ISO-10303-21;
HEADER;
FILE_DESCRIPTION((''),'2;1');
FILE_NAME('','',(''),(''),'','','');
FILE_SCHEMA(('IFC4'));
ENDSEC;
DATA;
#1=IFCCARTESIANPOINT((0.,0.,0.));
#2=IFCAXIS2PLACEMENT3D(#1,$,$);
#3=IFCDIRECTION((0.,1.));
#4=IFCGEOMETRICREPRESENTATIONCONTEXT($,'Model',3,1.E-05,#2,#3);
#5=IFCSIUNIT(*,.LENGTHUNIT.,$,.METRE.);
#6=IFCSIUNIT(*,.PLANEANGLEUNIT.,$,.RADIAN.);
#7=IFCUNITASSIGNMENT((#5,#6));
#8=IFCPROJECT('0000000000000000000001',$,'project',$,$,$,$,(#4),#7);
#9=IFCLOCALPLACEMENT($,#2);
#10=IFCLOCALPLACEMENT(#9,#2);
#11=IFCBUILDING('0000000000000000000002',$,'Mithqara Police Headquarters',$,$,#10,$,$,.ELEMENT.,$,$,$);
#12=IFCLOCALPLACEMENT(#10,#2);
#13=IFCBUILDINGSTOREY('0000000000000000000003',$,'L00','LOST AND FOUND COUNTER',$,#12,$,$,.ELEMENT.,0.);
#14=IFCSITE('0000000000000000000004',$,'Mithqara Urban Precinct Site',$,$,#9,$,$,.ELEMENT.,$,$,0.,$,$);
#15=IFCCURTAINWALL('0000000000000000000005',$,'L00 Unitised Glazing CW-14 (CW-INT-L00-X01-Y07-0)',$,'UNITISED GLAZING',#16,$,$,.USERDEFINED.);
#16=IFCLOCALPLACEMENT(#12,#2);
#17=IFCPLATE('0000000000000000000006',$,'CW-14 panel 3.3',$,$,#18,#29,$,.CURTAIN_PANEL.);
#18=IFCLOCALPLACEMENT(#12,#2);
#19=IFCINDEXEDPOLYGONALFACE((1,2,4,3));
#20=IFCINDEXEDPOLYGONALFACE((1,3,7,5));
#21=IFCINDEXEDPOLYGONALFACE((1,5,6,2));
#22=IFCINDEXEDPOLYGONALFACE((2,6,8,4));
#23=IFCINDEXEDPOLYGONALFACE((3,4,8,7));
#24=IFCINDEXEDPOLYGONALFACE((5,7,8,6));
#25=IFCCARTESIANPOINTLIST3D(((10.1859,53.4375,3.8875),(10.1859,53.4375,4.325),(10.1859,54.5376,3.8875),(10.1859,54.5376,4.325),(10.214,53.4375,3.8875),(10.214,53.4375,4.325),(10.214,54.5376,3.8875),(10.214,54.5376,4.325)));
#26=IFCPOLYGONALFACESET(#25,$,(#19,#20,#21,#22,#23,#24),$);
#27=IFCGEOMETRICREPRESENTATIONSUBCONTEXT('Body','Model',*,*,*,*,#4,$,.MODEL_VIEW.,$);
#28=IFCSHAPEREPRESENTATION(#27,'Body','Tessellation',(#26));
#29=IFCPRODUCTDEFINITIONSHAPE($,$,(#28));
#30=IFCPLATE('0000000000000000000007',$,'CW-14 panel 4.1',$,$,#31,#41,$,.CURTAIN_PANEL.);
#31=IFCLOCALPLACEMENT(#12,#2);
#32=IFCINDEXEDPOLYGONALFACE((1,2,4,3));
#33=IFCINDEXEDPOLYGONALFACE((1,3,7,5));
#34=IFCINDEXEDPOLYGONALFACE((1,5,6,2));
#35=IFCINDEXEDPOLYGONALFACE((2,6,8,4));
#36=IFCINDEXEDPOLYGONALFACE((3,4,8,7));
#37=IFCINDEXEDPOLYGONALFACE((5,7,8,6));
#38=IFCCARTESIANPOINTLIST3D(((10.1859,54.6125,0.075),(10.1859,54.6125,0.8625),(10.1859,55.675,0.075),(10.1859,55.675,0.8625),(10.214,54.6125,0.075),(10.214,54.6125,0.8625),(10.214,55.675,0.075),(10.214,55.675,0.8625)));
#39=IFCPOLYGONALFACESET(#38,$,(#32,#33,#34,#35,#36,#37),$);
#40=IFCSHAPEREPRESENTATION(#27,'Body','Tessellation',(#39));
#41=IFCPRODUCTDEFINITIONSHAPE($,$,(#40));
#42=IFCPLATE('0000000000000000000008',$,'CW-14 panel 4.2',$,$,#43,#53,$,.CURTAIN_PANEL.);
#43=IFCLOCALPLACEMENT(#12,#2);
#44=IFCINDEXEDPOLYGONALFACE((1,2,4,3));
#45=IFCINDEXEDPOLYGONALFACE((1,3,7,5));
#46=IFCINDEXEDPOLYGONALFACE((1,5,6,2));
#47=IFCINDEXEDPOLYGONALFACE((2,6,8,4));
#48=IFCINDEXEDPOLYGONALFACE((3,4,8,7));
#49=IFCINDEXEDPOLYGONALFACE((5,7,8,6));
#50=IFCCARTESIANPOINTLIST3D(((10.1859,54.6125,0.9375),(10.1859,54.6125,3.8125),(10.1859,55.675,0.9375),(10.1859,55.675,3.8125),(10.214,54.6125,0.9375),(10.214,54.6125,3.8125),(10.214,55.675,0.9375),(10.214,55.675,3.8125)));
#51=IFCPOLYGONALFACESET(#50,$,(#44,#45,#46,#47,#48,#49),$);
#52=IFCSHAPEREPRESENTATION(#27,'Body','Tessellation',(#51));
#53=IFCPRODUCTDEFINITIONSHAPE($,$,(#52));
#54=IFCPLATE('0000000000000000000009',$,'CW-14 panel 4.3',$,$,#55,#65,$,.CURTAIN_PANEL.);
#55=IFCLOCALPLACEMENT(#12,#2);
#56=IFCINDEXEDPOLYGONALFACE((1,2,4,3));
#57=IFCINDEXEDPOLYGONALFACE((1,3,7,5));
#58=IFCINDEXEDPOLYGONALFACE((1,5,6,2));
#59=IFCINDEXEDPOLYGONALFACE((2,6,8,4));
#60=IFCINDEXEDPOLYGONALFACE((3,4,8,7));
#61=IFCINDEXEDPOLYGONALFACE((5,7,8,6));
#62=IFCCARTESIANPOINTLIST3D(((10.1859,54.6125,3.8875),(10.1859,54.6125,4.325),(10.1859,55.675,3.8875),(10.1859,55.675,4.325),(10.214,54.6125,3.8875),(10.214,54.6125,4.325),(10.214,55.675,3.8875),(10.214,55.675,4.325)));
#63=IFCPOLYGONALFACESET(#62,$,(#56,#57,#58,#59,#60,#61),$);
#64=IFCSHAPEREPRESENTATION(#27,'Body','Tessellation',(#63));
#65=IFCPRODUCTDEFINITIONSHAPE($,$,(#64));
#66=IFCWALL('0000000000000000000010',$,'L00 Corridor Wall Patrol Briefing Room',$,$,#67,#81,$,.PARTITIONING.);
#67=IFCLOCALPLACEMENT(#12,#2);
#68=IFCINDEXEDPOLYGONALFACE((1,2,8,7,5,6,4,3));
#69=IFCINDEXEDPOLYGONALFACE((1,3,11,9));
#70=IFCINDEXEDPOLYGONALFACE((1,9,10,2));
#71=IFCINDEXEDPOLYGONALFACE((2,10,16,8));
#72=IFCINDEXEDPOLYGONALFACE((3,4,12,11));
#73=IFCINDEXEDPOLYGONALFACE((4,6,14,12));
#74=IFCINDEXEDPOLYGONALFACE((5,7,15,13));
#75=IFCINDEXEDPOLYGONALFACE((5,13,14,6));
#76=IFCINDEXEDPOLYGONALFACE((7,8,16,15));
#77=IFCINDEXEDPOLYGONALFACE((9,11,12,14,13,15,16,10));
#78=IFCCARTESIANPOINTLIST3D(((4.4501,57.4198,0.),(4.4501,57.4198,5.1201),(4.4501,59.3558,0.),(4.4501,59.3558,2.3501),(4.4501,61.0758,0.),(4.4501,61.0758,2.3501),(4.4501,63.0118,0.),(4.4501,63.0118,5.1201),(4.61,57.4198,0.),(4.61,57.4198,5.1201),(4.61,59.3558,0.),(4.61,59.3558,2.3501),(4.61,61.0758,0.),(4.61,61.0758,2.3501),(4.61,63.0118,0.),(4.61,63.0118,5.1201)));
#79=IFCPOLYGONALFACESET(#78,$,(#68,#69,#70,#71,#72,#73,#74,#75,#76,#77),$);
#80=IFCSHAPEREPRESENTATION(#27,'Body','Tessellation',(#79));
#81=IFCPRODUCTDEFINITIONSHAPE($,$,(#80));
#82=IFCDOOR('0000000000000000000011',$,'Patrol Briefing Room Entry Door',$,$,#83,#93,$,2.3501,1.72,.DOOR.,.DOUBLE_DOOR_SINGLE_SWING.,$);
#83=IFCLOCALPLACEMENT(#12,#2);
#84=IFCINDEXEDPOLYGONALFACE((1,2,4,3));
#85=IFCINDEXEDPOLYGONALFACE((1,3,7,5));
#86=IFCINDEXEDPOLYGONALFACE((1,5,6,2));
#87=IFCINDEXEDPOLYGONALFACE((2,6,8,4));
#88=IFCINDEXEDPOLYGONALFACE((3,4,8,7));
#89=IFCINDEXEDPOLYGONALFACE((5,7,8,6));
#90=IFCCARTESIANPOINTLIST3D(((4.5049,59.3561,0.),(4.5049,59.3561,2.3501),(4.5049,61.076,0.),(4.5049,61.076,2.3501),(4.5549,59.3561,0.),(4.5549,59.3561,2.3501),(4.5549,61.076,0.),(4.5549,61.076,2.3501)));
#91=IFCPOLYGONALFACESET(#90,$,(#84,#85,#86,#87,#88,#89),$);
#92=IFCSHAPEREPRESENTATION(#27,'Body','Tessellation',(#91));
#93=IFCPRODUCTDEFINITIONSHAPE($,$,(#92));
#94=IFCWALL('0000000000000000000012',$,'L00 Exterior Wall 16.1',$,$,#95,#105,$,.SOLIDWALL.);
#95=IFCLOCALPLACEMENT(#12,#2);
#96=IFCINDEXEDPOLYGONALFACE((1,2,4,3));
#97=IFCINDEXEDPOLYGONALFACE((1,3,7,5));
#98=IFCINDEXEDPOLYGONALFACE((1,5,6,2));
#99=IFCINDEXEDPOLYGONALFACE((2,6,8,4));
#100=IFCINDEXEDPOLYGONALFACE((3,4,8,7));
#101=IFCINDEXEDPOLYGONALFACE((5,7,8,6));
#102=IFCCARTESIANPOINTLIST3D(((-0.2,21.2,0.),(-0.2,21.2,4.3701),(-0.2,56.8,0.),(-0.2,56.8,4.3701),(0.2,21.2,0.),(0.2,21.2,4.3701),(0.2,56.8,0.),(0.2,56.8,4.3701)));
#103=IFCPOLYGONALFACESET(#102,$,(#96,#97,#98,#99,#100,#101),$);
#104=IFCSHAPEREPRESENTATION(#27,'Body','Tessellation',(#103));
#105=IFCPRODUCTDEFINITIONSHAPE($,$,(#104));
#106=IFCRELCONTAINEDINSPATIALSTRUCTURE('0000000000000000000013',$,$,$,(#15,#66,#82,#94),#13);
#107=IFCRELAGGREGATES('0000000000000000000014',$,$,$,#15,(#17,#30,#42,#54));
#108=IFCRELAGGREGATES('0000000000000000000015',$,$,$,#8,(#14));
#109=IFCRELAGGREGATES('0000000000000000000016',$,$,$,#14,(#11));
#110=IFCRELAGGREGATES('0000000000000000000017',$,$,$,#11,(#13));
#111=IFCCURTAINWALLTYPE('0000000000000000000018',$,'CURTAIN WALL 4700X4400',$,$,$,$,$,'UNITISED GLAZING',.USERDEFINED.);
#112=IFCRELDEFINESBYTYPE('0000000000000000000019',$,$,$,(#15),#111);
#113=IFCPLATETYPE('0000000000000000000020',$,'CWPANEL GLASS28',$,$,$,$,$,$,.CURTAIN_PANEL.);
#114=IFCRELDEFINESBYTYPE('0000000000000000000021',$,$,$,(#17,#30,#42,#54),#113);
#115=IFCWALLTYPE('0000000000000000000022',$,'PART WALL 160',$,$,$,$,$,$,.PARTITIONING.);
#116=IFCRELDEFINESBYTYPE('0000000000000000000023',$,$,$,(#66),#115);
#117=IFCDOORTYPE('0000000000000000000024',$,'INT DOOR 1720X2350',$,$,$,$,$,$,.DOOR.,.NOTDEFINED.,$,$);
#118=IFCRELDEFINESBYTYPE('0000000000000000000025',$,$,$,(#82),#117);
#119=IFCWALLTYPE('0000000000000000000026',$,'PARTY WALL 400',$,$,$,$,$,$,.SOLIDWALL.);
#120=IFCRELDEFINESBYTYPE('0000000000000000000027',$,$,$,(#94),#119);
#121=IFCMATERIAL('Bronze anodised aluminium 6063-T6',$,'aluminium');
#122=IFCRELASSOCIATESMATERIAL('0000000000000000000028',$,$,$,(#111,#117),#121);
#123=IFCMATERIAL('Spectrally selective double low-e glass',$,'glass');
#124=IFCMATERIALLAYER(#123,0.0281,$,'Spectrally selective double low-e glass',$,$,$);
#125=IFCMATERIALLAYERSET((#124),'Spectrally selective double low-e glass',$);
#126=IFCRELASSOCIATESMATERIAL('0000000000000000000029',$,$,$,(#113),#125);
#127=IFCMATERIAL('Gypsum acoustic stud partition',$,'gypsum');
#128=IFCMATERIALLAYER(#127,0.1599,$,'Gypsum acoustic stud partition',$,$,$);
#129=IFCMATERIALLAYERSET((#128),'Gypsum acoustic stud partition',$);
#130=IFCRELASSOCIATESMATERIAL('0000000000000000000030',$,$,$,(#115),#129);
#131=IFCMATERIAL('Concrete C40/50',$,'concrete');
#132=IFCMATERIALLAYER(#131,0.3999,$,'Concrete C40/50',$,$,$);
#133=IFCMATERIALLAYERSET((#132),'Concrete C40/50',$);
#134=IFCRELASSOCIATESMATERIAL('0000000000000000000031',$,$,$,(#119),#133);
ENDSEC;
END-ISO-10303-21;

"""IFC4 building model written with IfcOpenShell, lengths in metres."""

from ifc_helpers import new_model, si_unit, direction, frame, frame_2d, origin, origin_2d, place, context, subcontext, project, spatial, rectangle, extrude, material, layer, layer_set, type_object, element, fill, aggregate, save


model = new_model("IFC4")

# Units and contexts
model_context = context("Model", 3, precision=1e-05, world=origin(), true_north=direction((0.0, 1.0)))
body_context = subcontext(model_context, "Body", "Model", "MODEL_VIEW")
ifc_project = project(units=[si_unit("LENGTHUNIT", "METRE"), si_unit("PLANEANGLEUNIT", "RADIAN")], contexts=[model_context])

# Site, building, storey
site_placement = place(None, origin())
site = spatial("IfcSite", under=ifc_project, at=site_placement, Name="Mithqara Urban Precinct Site", CompositionType="ELEMENT", RefElevation=0.0)
building_placement = place(site_placement, origin())
building = spatial("IfcBuilding", under=site, at=building_placement, Name="Mithqara Police Headquarters", CompositionType="ELEMENT")
storey_placement = place(building_placement, origin())
storey = spatial("IfcBuildingStorey", under=building, at=storey_placement, Name="L00", Description="LOST AND FOUND COUNTER", CompositionType="ELEMENT", Elevation=0.0)

# Shared definitions
ifc_material_1 = material(Name="Concrete C40/50", Category="concrete")

# Curtain wall
ifc_material_2 = material(Name="Bronze anodised aluminium 6063-T6", Category="aluminium")
curtain_wall_type = type_object("IfcCurtainWallType", Name="CURTAIN WALL 4700X4400", ElementType="UNITISED GLAZING", PredefinedType="USERDEFINED", material=ifc_material_2)
curtain_wall_placement = place(storey_placement, origin())
curtain_wall = element("IfcCurtainWall", 1, at=curtain_wall_placement, inside=storey, type_object=curtain_wall_type, Name="L00 Unitised Glazing CW-14 (CW-INT-L00-X01-Y07-0)", ObjectType="UNITISED GLAZING", PredefinedType="USERDEFINED")

# Plates
ifc_material_3 = material(Name="Spectrally selective double low-e glass", Category="glass")
ifc_layer_1 = layer(ifc_material_3, 0.0281, Name="Spectrally selective double low-e glass")
ifc_layer_set_1 = layer_set([ifc_layer_1], Name="Spectrally selective double low-e glass")
plate_type = type_object("IfcPlateType", Name="CWPANEL GLASS28", PredefinedType="CURTAIN_PANEL", material=ifc_layer_set_1)
plate_1_placement = place(storey_placement, frame((10.2, 53.9875, 3.8875), z_axis=(0.0, 0.0, 1.0), x_axis=(0.0, 1.0, 0.0)))
plate_1 = element("IfcPlate", 2, at=plate_1_placement, type_object=plate_type, Name="CW-14 panel 3.3", PredefinedType="CURTAIN_PANEL", context=body_context, shape_type="SweptSolid", body=[
    extrude(rectangle(XDim=1.1001, YDim=0.0281, at=origin_2d()), origin(), (0.0, 0.0, 1.0), 0.4375),
])
plate_2_placement = place(storey_placement, frame((10.2, 55.1438, 0.075), z_axis=(0.0, 0.0, 1.0), x_axis=(0.0, 1.0, 0.0)))
plate_2 = element("IfcPlate", 3, at=plate_2_placement, type_object=plate_type, Name="CW-14 panel 4.1", PredefinedType="CURTAIN_PANEL", context=body_context, shape_type="SweptSolid", body=[
    extrude(rectangle(XDim=1.0625, YDim=0.0281, at=origin_2d()), origin(), (0.0, 0.0, 1.0), 0.7876),
])
plate_3_placement = place(storey_placement, frame((10.2, 55.1438, 0.9375), z_axis=(0.0, 0.0, 1.0), x_axis=(0.0, 1.0, 0.0)))
plate_3 = element("IfcPlate", 4, at=plate_3_placement, type_object=plate_type, Name="CW-14 panel 4.2", PredefinedType="CURTAIN_PANEL", context=body_context, shape_type="SweptSolid", body=[
    extrude(rectangle(XDim=1.0625, YDim=0.0281, at=origin_2d()), origin(), (0.0, 0.0, 1.0), 2.875),
])
plate_4_placement = place(storey_placement, frame((10.2, 55.1438, 3.8875), z_axis=(0.0, 0.0, 1.0), x_axis=(0.0, 1.0, 0.0)))
plate_4 = element("IfcPlate", 5, at=plate_4_placement, type_object=plate_type, Name="CW-14 panel 4.3", PredefinedType="CURTAIN_PANEL", context=body_context, shape_type="SweptSolid", body=[
    extrude(rectangle(XDim=1.0625, YDim=0.0281, at=origin_2d()), origin(), (0.0, 0.0, 1.0), 0.4375),
])
aggregate(curtain_wall, [plate_1, plate_2, plate_3, plate_4])

# Wall, opening, door
ifc_material_4 = material(Name="Gypsum acoustic stud partition", Category="gypsum")
ifc_layer_2 = layer(ifc_material_4, 0.1599, Name="Gypsum acoustic stud partition")
ifc_layer_set_2 = layer_set([ifc_layer_2], Name="Gypsum acoustic stud partition")
wall_type_1 = type_object("IfcWallType", Name="PART WALL 160", PredefinedType="PARTITIONING", material=ifc_layer_set_2)
wall_1_placement = place(storey_placement, frame((4.53, 57.4199, 0.0), z_axis=(0.0, 0.0, 1.0), x_axis=(0.0, 1.0, 0.0)))
wall_1 = element("IfcWall", 6, at=wall_1_placement, inside=storey, type_object=wall_type_1, Name="L00 Corridor Wall Patrol Briefing Room", PredefinedType="PARTITIONING", context=body_context, shape_type="SweptSolid", body=[
    extrude(rectangle(XDim=5.592, YDim=0.1599, at=frame_2d((2.7959, 0.0))), origin(), (0.0, 0.0, 1.0), 5.1201),
])
opening_placement = place(wall_1_placement, frame((1.936, 0.0, 0.0)))
opening = element("IfcOpeningElement", 7, at=opening_placement, cuts=wall_1, PredefinedType="OPENING", context=body_context, shape_type="SweptSolid", body=[
    extrude(rectangle(XDim=1.72, YDim=2.3501, at=frame_2d((0.8599, 1.175))), frame((0.0, 0.0898, 0.0), z_axis=(0.0, -1.0, 0.0), x_axis=(1.0, 0.0, 0.0)), (0.0, 0.0, 1.0), 0.1799),
])
door_type = type_object("IfcDoorType", Name="INT DOOR 1720X2350", OperationType="NOTDEFINED", PredefinedType="DOOR", material=ifc_material_2)
door_placement = place(opening_placement, frame((1.72, 0.0, 0.0), z_axis=(0.0, 0.0, 1.0), x_axis=(-1.0, 0.0, 0.0)))
door = element("IfcDoor", 8, at=door_placement, inside=storey, type_object=door_type, Name="Patrol Briefing Room Entry Door", OperationType="DOUBLE_DOOR_SINGLE_SWING", OverallHeight=2.3501, OverallWidth=1.72, PredefinedType="DOOR", context=body_context, shape_type="SweptSolid", body=[
    extrude(rectangle(XDim=1.72, YDim=2.3501, at=frame_2d((0.8599, 1.175))), frame((0.0, 0.0249, 0.0), z_axis=(0.0, -1.0, 0.0), x_axis=(1.0, 0.0, 0.0)), (0.0, 0.0, 1.0), 0.05),
])
fill(opening, door)

# Wall
ifc_layer_3 = layer(ifc_material_1, 0.3999, Name="Concrete C40/50")
ifc_layer_set_3 = layer_set([ifc_layer_3], Name="Concrete C40/50")
wall_type_2 = type_object("IfcWallType", Name="PARTY WALL 400", PredefinedType="SOLIDWALL", material=ifc_layer_set_3)
wall_2_placement = place(storey_placement, frame((0.0, 56.8, 0.0), z_axis=(0.0, 0.0, 1.0), x_axis=(0.0, -1.0, 0.0)))
element("IfcWall", 9, at=wall_2_placement, inside=storey, type_object=wall_type_2, Name="L00 Exterior Wall 16.1", PredefinedType="SOLIDWALL", context=body_context, shape_type="SweptSolid", body=[
    extrude(rectangle(XDim=35.6001, YDim=0.3999, at=frame_2d((17.8, 0.0))), origin(), (0.0, 0.0, 1.0), 4.3701),
])

save(model, "model.ifc")
